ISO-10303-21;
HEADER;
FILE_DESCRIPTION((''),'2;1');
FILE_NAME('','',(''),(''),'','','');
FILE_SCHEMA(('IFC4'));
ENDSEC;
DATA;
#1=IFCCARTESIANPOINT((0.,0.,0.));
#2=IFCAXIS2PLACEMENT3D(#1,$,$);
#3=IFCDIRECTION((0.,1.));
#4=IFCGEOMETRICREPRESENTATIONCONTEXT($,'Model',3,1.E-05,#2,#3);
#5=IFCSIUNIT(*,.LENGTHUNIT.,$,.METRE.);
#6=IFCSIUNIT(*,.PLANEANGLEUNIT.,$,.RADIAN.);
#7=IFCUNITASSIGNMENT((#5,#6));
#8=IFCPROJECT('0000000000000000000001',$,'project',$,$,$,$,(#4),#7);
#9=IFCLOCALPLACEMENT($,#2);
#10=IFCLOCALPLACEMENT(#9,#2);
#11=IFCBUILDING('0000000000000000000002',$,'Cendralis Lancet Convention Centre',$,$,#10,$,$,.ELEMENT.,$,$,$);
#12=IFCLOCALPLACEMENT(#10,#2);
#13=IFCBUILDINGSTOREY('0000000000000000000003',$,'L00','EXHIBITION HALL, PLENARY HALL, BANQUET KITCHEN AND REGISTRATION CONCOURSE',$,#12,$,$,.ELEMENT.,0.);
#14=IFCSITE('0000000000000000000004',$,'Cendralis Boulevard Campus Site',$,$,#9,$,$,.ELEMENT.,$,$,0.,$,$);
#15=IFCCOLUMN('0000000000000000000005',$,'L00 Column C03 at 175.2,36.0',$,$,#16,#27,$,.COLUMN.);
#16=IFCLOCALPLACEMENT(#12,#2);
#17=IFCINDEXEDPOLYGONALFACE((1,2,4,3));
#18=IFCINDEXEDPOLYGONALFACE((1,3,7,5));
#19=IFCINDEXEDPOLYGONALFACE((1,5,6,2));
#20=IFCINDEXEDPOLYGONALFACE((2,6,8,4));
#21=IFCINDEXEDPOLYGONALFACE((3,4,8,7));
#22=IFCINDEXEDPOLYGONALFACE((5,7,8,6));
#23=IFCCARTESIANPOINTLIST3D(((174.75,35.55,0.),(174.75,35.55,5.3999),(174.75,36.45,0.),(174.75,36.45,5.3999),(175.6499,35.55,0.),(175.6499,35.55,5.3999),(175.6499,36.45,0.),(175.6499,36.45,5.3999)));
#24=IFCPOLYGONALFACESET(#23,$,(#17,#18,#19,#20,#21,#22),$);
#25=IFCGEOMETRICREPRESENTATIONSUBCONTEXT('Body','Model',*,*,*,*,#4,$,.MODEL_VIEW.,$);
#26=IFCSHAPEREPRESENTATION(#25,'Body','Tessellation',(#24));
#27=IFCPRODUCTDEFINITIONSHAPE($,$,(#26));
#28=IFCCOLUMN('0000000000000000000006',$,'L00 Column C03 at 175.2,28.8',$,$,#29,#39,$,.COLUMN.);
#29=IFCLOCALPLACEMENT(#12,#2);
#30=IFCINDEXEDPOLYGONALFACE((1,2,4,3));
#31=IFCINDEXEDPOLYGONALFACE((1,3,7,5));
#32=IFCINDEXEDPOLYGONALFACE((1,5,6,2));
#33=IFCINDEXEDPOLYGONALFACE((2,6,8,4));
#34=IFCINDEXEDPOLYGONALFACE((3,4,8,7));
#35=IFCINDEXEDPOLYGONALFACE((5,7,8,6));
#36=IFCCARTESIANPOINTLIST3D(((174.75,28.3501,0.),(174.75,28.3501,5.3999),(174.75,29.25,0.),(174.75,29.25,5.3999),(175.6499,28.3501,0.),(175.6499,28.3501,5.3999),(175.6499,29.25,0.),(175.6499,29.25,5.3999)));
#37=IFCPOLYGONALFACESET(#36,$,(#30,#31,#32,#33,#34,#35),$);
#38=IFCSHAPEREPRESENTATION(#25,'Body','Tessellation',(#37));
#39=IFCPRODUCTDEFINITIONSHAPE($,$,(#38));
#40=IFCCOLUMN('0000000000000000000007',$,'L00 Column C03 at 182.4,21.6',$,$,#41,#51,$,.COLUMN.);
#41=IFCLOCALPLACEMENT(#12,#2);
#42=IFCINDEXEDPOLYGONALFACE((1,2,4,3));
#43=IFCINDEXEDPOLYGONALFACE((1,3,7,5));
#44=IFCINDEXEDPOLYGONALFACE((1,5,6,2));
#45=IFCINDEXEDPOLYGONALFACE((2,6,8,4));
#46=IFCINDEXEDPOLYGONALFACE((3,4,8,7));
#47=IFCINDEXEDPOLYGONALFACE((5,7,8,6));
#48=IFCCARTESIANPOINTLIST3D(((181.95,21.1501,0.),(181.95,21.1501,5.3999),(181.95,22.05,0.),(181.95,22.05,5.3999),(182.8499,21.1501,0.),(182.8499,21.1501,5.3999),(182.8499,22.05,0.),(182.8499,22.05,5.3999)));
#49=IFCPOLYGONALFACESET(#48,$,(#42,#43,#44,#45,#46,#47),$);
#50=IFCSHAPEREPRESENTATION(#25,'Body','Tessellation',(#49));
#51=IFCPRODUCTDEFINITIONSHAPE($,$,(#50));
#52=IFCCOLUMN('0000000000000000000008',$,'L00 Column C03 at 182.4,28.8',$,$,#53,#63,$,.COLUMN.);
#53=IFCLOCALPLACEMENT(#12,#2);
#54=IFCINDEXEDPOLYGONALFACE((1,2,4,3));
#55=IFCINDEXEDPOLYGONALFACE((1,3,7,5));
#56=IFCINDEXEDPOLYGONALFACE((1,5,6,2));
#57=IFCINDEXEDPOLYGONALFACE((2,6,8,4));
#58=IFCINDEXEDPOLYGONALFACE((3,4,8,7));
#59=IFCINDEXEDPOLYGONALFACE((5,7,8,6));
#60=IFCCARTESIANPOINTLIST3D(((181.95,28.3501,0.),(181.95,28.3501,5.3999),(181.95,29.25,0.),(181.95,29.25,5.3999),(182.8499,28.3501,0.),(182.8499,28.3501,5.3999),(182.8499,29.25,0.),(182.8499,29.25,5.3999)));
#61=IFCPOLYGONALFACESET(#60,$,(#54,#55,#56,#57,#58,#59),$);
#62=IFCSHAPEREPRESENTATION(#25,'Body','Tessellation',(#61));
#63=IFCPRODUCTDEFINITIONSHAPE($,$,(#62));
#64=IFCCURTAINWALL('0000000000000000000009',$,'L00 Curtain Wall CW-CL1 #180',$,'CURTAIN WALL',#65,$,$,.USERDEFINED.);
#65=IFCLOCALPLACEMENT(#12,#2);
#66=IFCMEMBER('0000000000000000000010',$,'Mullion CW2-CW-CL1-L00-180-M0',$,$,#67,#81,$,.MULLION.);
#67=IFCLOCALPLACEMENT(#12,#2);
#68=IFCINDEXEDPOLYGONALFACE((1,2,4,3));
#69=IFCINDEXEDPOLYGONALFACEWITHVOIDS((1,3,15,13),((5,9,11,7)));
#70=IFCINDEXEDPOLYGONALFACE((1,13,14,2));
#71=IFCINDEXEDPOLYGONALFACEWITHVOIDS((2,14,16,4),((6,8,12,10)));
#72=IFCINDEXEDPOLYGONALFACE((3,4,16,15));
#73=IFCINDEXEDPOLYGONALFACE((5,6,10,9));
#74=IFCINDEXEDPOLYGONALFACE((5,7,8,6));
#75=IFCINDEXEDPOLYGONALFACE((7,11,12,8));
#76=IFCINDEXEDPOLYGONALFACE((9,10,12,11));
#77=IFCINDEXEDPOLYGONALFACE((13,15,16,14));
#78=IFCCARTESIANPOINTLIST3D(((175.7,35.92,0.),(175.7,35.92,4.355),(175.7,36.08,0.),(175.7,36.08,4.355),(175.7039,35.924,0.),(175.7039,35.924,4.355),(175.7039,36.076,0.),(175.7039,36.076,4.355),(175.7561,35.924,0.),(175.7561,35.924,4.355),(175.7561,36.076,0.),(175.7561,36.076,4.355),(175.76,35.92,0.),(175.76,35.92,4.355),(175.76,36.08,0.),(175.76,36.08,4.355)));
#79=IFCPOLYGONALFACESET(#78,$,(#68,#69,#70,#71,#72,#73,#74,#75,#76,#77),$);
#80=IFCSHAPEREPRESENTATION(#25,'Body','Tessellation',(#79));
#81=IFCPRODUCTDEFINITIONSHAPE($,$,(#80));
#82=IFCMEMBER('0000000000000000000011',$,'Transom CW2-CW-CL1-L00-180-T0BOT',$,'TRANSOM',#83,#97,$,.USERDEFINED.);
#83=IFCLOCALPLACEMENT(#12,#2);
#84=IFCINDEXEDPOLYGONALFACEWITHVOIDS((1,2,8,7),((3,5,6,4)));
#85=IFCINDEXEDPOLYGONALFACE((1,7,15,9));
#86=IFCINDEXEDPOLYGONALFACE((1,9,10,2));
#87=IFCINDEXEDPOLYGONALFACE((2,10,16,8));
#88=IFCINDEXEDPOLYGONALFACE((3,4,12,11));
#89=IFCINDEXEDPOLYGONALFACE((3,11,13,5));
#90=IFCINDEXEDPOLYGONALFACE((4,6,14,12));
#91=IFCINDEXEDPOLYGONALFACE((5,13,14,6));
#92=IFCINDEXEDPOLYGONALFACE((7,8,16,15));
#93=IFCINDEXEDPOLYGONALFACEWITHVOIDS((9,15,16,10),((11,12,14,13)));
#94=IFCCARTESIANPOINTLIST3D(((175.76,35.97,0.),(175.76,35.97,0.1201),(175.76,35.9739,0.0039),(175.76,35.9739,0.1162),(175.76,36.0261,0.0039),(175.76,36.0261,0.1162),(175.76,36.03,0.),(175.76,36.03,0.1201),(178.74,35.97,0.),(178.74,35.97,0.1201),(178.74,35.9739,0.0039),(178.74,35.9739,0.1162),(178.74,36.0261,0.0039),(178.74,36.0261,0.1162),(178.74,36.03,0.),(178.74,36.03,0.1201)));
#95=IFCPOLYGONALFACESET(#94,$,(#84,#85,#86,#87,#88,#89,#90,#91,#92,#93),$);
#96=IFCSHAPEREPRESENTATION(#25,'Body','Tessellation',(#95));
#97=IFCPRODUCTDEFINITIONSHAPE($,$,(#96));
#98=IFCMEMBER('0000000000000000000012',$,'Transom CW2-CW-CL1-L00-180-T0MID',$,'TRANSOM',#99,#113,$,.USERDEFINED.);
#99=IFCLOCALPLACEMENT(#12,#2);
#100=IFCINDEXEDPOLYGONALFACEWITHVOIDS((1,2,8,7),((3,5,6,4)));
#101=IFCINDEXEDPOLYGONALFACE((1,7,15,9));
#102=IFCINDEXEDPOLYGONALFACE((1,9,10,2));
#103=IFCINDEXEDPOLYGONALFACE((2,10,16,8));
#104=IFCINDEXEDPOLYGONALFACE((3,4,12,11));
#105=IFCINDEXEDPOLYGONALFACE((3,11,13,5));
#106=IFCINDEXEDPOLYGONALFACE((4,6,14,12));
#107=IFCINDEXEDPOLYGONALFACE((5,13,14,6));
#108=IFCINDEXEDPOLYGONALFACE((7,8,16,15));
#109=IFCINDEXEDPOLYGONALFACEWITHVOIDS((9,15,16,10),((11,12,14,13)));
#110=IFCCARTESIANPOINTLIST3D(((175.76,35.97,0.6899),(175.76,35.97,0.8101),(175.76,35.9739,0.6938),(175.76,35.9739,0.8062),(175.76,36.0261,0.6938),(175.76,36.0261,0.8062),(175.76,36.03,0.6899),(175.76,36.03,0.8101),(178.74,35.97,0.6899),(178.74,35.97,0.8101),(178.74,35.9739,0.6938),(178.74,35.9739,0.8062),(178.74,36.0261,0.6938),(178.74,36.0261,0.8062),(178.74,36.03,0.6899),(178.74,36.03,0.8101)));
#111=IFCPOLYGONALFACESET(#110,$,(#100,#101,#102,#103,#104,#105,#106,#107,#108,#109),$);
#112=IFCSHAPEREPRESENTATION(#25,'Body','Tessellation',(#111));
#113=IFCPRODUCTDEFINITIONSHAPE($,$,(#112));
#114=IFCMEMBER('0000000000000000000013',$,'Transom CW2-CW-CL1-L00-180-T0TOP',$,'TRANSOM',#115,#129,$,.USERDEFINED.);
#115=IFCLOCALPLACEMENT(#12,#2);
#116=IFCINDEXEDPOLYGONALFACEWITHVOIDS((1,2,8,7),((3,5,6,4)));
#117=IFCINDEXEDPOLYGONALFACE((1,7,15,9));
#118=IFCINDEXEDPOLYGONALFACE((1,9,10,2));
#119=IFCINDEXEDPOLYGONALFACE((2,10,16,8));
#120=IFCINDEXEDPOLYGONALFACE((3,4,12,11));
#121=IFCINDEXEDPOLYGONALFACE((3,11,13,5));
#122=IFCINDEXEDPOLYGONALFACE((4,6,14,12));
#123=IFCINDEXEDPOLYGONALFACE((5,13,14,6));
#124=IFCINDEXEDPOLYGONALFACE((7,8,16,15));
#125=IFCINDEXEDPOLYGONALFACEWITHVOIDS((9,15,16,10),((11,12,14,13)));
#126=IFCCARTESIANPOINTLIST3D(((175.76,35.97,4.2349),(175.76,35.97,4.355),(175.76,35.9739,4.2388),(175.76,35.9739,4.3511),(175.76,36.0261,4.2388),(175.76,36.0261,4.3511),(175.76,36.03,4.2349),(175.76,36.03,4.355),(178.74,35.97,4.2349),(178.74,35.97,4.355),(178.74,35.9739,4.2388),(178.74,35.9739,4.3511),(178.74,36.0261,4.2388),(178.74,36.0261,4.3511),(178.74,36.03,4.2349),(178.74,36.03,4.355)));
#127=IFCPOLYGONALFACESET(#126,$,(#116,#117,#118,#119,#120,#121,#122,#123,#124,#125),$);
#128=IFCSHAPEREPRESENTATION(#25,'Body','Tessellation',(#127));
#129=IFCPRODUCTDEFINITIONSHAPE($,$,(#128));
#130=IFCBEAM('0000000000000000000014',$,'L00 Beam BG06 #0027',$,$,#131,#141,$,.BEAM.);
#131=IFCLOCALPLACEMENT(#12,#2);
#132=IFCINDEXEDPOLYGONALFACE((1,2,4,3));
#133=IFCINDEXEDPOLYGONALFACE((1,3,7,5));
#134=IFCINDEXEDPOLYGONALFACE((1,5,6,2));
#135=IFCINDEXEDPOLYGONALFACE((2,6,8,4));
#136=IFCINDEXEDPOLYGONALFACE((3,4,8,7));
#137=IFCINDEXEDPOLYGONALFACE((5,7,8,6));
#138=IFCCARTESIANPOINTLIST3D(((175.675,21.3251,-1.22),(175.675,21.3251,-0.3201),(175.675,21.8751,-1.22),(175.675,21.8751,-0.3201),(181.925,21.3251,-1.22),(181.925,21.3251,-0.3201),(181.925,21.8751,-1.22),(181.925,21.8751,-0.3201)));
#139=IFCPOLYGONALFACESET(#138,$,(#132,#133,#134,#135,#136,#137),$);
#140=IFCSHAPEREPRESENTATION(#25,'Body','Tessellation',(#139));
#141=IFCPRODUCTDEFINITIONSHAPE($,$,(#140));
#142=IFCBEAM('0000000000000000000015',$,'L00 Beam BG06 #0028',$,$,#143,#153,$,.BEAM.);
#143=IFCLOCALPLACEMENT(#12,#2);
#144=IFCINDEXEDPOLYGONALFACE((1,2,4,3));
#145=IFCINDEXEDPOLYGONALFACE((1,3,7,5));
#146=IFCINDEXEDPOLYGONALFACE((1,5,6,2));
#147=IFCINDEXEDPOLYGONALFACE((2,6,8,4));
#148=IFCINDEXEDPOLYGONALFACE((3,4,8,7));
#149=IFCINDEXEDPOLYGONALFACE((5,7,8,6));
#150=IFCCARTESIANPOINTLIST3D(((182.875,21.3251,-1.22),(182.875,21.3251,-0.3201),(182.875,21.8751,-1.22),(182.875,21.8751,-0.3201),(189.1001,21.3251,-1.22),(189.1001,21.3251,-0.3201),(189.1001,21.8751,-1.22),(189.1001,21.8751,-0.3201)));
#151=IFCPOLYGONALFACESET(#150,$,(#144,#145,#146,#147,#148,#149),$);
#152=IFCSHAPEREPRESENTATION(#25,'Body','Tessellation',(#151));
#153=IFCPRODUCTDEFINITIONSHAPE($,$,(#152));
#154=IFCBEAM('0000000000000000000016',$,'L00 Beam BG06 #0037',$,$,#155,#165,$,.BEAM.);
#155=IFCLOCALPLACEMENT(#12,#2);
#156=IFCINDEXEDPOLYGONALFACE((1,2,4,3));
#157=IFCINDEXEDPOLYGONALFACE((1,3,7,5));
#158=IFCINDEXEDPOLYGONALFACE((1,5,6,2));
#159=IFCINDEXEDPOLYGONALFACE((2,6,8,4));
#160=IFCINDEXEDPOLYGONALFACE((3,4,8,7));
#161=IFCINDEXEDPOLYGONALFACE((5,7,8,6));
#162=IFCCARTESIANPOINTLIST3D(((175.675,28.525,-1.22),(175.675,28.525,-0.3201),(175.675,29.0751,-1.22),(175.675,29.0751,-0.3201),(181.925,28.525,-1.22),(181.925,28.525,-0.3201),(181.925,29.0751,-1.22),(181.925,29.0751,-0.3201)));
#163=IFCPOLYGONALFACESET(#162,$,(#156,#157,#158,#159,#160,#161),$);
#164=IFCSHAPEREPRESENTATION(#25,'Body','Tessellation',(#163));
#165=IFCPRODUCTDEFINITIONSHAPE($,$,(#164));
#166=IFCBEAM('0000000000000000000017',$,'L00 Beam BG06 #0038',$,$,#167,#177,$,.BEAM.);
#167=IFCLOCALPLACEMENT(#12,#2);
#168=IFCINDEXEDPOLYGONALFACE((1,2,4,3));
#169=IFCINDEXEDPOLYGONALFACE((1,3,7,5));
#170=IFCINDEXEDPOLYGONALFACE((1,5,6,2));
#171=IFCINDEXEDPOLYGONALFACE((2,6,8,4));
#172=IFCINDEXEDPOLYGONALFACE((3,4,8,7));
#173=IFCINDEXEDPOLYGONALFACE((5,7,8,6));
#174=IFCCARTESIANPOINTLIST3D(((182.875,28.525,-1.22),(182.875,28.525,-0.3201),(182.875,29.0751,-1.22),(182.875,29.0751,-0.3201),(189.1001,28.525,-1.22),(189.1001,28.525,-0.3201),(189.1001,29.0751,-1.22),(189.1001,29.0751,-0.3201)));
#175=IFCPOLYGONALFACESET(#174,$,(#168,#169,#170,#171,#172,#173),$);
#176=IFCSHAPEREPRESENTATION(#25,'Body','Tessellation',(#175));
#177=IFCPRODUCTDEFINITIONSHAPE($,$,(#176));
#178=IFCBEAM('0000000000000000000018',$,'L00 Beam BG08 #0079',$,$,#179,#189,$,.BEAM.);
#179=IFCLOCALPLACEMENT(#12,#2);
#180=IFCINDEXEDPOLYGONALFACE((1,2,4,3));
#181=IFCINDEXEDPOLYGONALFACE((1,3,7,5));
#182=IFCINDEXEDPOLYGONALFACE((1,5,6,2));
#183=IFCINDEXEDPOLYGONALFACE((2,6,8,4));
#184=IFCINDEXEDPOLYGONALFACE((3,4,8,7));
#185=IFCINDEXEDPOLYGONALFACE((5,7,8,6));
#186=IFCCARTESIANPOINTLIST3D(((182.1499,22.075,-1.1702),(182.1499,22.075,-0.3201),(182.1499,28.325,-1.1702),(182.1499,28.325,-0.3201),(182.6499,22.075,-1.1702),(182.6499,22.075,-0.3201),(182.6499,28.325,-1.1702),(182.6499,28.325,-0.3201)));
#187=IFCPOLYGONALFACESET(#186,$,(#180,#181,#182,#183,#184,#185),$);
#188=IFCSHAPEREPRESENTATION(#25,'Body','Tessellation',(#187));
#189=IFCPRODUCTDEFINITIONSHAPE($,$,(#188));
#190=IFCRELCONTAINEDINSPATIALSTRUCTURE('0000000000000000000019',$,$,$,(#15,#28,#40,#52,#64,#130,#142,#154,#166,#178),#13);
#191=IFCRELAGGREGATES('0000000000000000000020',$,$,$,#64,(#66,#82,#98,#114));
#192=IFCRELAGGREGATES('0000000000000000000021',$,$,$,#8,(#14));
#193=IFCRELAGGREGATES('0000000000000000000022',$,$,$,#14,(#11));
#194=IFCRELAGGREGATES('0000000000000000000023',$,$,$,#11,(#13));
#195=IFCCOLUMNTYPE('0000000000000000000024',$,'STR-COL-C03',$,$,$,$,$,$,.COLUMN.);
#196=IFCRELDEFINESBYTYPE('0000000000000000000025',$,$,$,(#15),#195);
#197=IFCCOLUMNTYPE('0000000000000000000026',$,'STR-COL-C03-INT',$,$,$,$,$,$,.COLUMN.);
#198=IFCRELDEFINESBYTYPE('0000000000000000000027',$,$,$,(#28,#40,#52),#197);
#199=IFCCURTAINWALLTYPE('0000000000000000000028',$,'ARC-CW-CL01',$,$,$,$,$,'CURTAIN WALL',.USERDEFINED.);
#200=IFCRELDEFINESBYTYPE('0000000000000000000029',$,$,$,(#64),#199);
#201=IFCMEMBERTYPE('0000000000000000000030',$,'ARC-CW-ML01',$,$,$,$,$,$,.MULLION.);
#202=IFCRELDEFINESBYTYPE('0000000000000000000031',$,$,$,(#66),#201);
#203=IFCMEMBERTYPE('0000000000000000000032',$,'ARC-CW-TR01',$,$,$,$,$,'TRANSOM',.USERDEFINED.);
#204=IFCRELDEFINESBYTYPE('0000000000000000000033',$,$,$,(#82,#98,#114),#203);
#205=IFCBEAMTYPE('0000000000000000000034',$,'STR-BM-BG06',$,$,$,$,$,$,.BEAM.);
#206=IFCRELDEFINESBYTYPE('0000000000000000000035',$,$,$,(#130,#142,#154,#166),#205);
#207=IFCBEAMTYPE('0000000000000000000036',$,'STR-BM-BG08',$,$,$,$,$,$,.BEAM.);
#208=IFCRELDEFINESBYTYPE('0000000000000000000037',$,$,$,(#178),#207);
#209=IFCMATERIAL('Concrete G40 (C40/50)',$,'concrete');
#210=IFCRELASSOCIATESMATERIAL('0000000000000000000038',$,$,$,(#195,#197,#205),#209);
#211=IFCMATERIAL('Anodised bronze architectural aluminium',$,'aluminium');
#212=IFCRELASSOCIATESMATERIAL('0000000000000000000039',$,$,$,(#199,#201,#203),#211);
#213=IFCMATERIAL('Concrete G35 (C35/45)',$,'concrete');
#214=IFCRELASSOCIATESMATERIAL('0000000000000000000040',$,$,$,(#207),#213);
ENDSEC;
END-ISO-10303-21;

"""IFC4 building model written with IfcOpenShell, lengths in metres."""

from ifc_helpers import new_model, si_unit, direction, frame, origin, origin_2d, place, context, subcontext, project, spatial, rectangle, hollow_rectangle, extrude, material, material_profile, profile_set, type_object, element, aggregate, save


model = new_model("IFC4")

# Units and contexts
model_context = context("Model", 3, precision=1e-05, world=origin(), true_north=direction((0.0, 1.0)))
body_context = subcontext(model_context, "Body", "Model", "MODEL_VIEW")
ifc_project = project(units=[si_unit("LENGTHUNIT", "METRE"), si_unit("PLANEANGLEUNIT", "RADIAN")], contexts=[model_context])

# Site, building, storey
site_placement = place(None, origin())
site = spatial("IfcSite", under=ifc_project, at=site_placement, Name="Cendralis Boulevard Campus Site", CompositionType="ELEMENT", RefElevation=0.0)
building_placement = place(site_placement, origin())
building = spatial("IfcBuilding", under=site, at=building_placement, Name="Cendralis Lancet Convention Centre", CompositionType="ELEMENT")
storey_placement = place(building_placement, origin())
storey = spatial("IfcBuildingStorey", under=building, at=storey_placement, Name="L00", Description="EXHIBITION HALL, PLENARY HALL, BANQUET KITCHEN AND REGISTRATION CONCOURSE", CompositionType="ELEMENT", Elevation=0.0)

# Columns
ifc_material_1 = material(Name="Concrete G40 (C40/50)", Category="concrete")
ifc_material_profile_1 = material_profile(ifc_material_1, rectangle(XDim=0.8999, YDim=0.8999, at=origin_2d()), Name="RC 900x900")
ifc_profile_set_1 = profile_set([ifc_material_profile_1], Name="Concrete G40 (C40/50)")
column_type_1 = type_object("IfcColumnType", Name="STR-COL-C03", PredefinedType="COLUMN", material=ifc_profile_set_1)
column_placement = place(storey_placement, frame((175.2, 36.0, 0.0), z_axis=(0.0, 0.0, 1.0), x_axis=(1.0, 0.0, 0.0)))
element("IfcColumn", 1, at=column_placement, inside=storey, type_object=column_type_1, Name="L00 Column C03 at 175.2,36.0", PredefinedType="COLUMN", context=body_context, shape_type="SweptSolid", body=[
    extrude(rectangle(XDim=0.8999, YDim=0.8999, at=origin_2d()), origin(), (0.0, 0.0, 1.0), 5.3999),
])
ifc_material_profile_2 = material_profile(ifc_material_1, rectangle(XDim=0.8999, YDim=0.8999, at=origin_2d()), Name="RC 900x900")
ifc_profile_set_2 = profile_set([ifc_material_profile_2], Name="Concrete G40 (C40/50)")
column_type_2 = type_object("IfcColumnType", Name="STR-COL-C03-INT", PredefinedType="COLUMN", material=ifc_profile_set_2)
for number, where, z_axis, x_axis, name in (
    (2, (175.2, 28.8, 0.0), (0.0, 0.0, 1.0), (1.0, 0.0, 0.0), "L00 Column C03 at 175.2,28.8"),
    (3, (182.3999, 21.6001, 0.0), (0.0, 0.0, 1.0), (1.0, 0.0, 0.0), "L00 Column C03 at 182.4,21.6"),
    (4, (182.3999, 28.8, 0.0), (0.0, 0.0, 1.0), (1.0, 0.0, 0.0), "L00 Column C03 at 182.4,28.8"),
):
    element("IfcColumn", number, at=place(storey_placement, frame(where, z_axis=z_axis, x_axis=x_axis)), inside=storey, type_object=column_type_2, Name=name, PredefinedType="COLUMN", context=body_context, shape_type="SweptSolid", body=[
        extrude(rectangle(XDim=0.8999, YDim=0.8999, at=origin_2d()), origin(), (0.0, 0.0, 1.0), 5.3999),
    ])

# Curtain wall, members
ifc_material_2 = material(Name="Anodised bronze architectural aluminium", Category="aluminium")
curtain_wall_type = type_object("IfcCurtainWallType", Name="ARC-CW-CL01", ElementType="CURTAIN WALL", PredefinedType="USERDEFINED", material=ifc_material_2)
curtain_wall_placement = place(storey_placement, origin())
curtain_wall = element("IfcCurtainWall", 5, at=curtain_wall_placement, inside=storey, type_object=curtain_wall_type, Name="L00 Curtain Wall CW-CL1 #180", ObjectType="CURTAIN WALL", PredefinedType="USERDEFINED")
ifc_material_profile_3 = material_profile(ifc_material_2, hollow_rectangle(XDim=0.0601, YDim=0.1599, WallThickness=0.0039, at=origin_2d()), Name="AL-MULL 60x160x4.0")
ifc_profile_set_3 = profile_set([ifc_material_profile_3], Name="Anodised bronze architectural aluminium")
member_type_1 = type_object("IfcMemberType", Name="ARC-CW-ML01", PredefinedType="MULLION", material=ifc_profile_set_3)
member_1_placement = place(storey_placement, frame((175.73, 36.0, 0.0), z_axis=(0.0, 0.0, 1.0), x_axis=(1.0, 0.0, 0.0)))
member_1 = element("IfcMember", 6, at=member_1_placement, type_object=member_type_1, Name="Mullion CW2-CW-CL1-L00-180-M0", PredefinedType="MULLION", context=body_context, shape_type="SweptSolid", body=[
    extrude(hollow_rectangle(XDim=0.0601, YDim=0.1599, WallThickness=0.0039, at=origin_2d()), origin(), (0.0, 0.0, 1.0), 4.355),
])
ifc_material_profile_4 = material_profile(ifc_material_2, hollow_rectangle(XDim=0.0601, YDim=0.1201, WallThickness=0.0039, at=origin_2d()), Name="AL-TRAN 60x120x4.0")
ifc_profile_set_4 = profile_set([ifc_material_profile_4], Name="Anodised bronze architectural aluminium")
member_type_2 = type_object("IfcMemberType", Name="ARC-CW-TR01", ElementType="TRANSOM", PredefinedType="USERDEFINED", material=ifc_profile_set_4)
member_2_placement = place(storey_placement, frame((175.76, 36.0, 0.0601), z_axis=(1.0, 0.0, 0.0), x_axis=(0.0, 1.0, 0.0)))
member_2 = element("IfcMember", 7, at=member_2_placement, type_object=member_type_2, Name="Transom CW2-CW-CL1-L00-180-T0BOT", ObjectType="TRANSOM", PredefinedType="USERDEFINED", context=body_context, shape_type="SweptSolid", body=[
    extrude(hollow_rectangle(XDim=0.0601, YDim=0.1201, WallThickness=0.0039, at=origin_2d()), origin(), (0.0, 0.0, 1.0), 2.98),
])
member_3_placement = place(storey_placement, frame((175.76, 36.0, 0.75), z_axis=(1.0, 0.0, 0.0), x_axis=(0.0, 1.0, 0.0)))
member_3 = element("IfcMember", 8, at=member_3_placement, type_object=member_type_2, Name="Transom CW2-CW-CL1-L00-180-T0MID", ObjectType="TRANSOM", PredefinedType="USERDEFINED", context=body_context, shape_type="SweptSolid", body=[
    extrude(hollow_rectangle(XDim=0.0601, YDim=0.1201, WallThickness=0.0039, at=origin_2d()), origin(), (0.0, 0.0, 1.0), 2.98),
])
member_4_placement = place(storey_placement, frame((175.76, 36.0, 4.2949), z_axis=(1.0, 0.0, 0.0), x_axis=(0.0, 1.0, 0.0)))
member_4 = element("IfcMember", 9, at=member_4_placement, type_object=member_type_2, Name="Transom CW2-CW-CL1-L00-180-T0TOP", ObjectType="TRANSOM", PredefinedType="USERDEFINED", context=body_context, shape_type="SweptSolid", body=[
    extrude(hollow_rectangle(XDim=0.0601, YDim=0.1201, WallThickness=0.0039, at=origin_2d()), origin(), (0.0, 0.0, 1.0), 2.98),
])

# Beams
ifc_material_profile_5 = material_profile(ifc_material_1, rectangle(XDim=0.55, YDim=0.8999, at=origin_2d()), Name="RCB 550x900")
ifc_profile_set_5 = profile_set([ifc_material_profile_5], Name="Concrete G40 (C40/50)")
beam_type_1 = type_object("IfcBeamType", Name="STR-BM-BG06", PredefinedType="BEAM", material=ifc_profile_set_5)
beam_1_placement = place(storey_placement, frame((175.675, 21.6001, -0.77), z_axis=(1.0, 0.0, 0.0), x_axis=(0.0, 1.0, 0.0)))
element("IfcBeam", 10, at=beam_1_placement, inside=storey, type_object=beam_type_1, Name="L00 Beam BG06 #0027", PredefinedType="BEAM", context=body_context, shape_type="SweptSolid", body=[
    extrude(rectangle(XDim=0.55, YDim=0.8999, at=origin_2d()), origin(), (0.0, 0.0, 1.0), 6.25),
])
beam_2_placement = place(storey_placement, frame((182.875, 21.6001, -0.77), z_axis=(1.0, 0.0, 0.0), x_axis=(0.0, 1.0, 0.0)))
element("IfcBeam", 11, at=beam_2_placement, inside=storey, type_object=beam_type_1, Name="L00 Beam BG06 #0028", PredefinedType="BEAM", context=body_context, shape_type="SweptSolid", body=[
    extrude(rectangle(XDim=0.55, YDim=0.8999, at=origin_2d()), origin(), (0.0, 0.0, 1.0), 6.2251),
])
beam_3_placement = place(storey_placement, frame((175.675, 28.8, -0.77), z_axis=(1.0, 0.0, 0.0), x_axis=(0.0, 1.0, 0.0)))
element("IfcBeam", 12, at=beam_3_placement, inside=storey, type_object=beam_type_1, Name="L00 Beam BG06 #0037", PredefinedType="BEAM", context=body_context, shape_type="SweptSolid", body=[
    extrude(rectangle(XDim=0.55, YDim=0.8999, at=origin_2d()), origin(), (0.0, 0.0, 1.0), 6.25),
])
beam_4_placement = place(storey_placement, frame((182.875, 28.8, -0.77), z_axis=(1.0, 0.0, 0.0), x_axis=(0.0, 1.0, 0.0)))
element("IfcBeam", 13, at=beam_4_placement, inside=storey, type_object=beam_type_1, Name="L00 Beam BG06 #0038", PredefinedType="BEAM", context=body_context, shape_type="SweptSolid", body=[
    extrude(rectangle(XDim=0.55, YDim=0.8999, at=origin_2d()), origin(), (0.0, 0.0, 1.0), 6.2251),
])
ifc_material_3 = material(Name="Concrete G35 (C35/45)", Category="concrete")
ifc_material_profile_6 = material_profile(ifc_material_3, rectangle(XDim=0.5, YDim=0.8501, at=origin_2d()), Name="RCB 500x850")
ifc_profile_set_6 = profile_set([ifc_material_profile_6], Name="Concrete G35 (C35/45)")
beam_type_2 = type_object("IfcBeamType", Name="STR-BM-BG08", PredefinedType="BEAM", material=ifc_profile_set_6)
for number, where, z_axis, x_axis, name in (
    (14, (182.3999, 22.075, -0.7451), (0.0, 1.0, 0.0), (-1.0, 0.0, 0.0), "L00 Beam BG08 #0079"),
):
    element("IfcBeam", number, at=place(storey_placement, frame(where, z_axis=z_axis, x_axis=x_axis)), inside=storey, type_object=beam_type_2, Name=name, PredefinedType="BEAM", context=body_context, shape_type="SweptSolid", body=[
        extrude(rectangle(XDim=0.5, YDim=0.8501, at=origin_2d()), origin(), (0.0, 0.0, 1.0), 6.25),
    ])

aggregate(curtain_wall, [member_1, member_2, member_3, member_4])

save(model, "model.ifc")
